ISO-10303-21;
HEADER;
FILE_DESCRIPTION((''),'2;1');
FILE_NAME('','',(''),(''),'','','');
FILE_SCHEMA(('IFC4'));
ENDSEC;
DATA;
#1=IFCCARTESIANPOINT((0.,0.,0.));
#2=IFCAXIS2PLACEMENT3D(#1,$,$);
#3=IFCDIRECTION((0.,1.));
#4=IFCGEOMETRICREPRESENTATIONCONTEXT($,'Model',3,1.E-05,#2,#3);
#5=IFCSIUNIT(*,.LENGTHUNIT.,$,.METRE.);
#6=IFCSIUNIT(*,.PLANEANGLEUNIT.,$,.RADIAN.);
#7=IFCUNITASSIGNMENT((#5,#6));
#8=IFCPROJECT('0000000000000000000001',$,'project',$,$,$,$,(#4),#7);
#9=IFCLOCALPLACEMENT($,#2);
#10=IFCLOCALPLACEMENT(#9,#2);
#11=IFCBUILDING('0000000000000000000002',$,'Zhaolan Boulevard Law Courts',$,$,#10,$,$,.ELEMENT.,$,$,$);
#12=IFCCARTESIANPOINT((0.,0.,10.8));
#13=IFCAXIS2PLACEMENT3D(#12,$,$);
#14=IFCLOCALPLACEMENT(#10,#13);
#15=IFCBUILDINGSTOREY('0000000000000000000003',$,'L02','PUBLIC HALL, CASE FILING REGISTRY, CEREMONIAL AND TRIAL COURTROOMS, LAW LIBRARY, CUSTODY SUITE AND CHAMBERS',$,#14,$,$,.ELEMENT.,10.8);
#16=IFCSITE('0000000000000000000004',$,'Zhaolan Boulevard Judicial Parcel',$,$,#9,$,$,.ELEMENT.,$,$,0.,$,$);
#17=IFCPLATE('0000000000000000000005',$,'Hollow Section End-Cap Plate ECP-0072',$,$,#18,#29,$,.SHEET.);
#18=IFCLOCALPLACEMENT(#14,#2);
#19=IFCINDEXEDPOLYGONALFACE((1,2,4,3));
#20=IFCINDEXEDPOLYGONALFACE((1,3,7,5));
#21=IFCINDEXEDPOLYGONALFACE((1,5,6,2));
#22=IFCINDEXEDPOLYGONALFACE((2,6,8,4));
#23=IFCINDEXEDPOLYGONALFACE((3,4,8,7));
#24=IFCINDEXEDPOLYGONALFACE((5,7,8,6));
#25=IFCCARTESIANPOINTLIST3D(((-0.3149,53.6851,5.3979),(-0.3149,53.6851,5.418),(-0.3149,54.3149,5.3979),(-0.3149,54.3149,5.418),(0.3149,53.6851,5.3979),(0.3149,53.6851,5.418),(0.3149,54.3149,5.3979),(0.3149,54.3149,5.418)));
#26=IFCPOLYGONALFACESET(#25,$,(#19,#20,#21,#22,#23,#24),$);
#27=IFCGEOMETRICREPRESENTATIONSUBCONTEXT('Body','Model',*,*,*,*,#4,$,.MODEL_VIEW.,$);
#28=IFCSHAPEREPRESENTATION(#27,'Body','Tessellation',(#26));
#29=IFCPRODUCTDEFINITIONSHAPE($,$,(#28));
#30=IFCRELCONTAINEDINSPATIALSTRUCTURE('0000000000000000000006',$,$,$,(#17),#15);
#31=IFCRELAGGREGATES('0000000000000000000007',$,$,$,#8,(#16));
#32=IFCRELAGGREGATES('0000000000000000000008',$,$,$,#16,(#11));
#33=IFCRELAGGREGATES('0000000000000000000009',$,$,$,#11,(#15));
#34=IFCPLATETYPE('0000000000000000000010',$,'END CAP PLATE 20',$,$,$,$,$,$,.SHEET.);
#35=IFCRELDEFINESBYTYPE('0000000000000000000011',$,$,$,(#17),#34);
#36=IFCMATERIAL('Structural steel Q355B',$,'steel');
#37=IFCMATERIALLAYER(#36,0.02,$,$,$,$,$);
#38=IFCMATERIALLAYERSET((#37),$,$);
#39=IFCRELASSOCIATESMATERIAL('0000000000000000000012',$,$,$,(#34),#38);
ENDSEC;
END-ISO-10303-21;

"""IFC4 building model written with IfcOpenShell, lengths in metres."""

from ifc_helpers import new_model, si_unit, direction, frame, origin, origin_2d, place, context, subcontext, project, spatial, rectangle, extrude, material, layer, layer_set, type_object, element, save


model = new_model("IFC4")

# Units and contexts
model_context = context("Model", 3, precision=1e-05, world=origin(), true_north=direction((0.0, 1.0)))
body_context = subcontext(model_context, "Body", "Model", "MODEL_VIEW")
ifc_project = project(units=[si_unit("LENGTHUNIT", "METRE"), si_unit("PLANEANGLEUNIT", "RADIAN")], contexts=[model_context])

# Site, building, storey
site_placement = place(None, origin())
site = spatial("IfcSite", under=ifc_project, at=site_placement, Name="Zhaolan Boulevard Judicial Parcel", CompositionType="ELEMENT", RefElevation=0.0)
building_placement = place(site_placement, origin())
building = spatial("IfcBuilding", under=site, at=building_placement, Name="Zhaolan Boulevard Law Courts", CompositionType="ELEMENT")
storey_placement = place(building_placement, frame((0.0, 0.0, 10.8)))
storey = spatial("IfcBuildingStorey", under=building, at=storey_placement, Name="L02", Description="PUBLIC HALL, CASE FILING REGISTRY, CEREMONIAL AND TRIAL COURTROOMS, LAW LIBRARY, CUSTODY SUITE AND CHAMBERS", CompositionType="ELEMENT", Elevation=10.8)

# Plate
ifc_material_1 = material(Name="Structural steel Q355B", Category="steel")
ifc_layer_1 = layer(ifc_material_1, 0.02)
ifc_layer_set_1 = layer_set([ifc_layer_1])
plate_type_1 = type_object("IfcPlateType", Name="END CAP PLATE 20", PredefinedType="SHEET", material=ifc_layer_set_1)
for number, where, z_axis, x_axis, name in (
    (1, (0.0, 54.0, 5.3979), (0.0, 0.0, 1.0), (1.0, 0.0, 0.0), "Hollow Section End-Cap Plate ECP-0072"),
):
    element("IfcPlate", number, at=place(storey_placement, frame(where, z_axis=z_axis, x_axis=x_axis)), inside=storey, type_object=plate_type_1, Name=name, PredefinedType="SHEET", context=body_context, shape_type="SweptSolid", body=[
        extrude(rectangle(XDim=0.6299, YDim=0.6299, at=origin_2d()), origin(), (0.0, 0.0, 1.0), 0.02),
    ])

save(model, "model.ifc")
